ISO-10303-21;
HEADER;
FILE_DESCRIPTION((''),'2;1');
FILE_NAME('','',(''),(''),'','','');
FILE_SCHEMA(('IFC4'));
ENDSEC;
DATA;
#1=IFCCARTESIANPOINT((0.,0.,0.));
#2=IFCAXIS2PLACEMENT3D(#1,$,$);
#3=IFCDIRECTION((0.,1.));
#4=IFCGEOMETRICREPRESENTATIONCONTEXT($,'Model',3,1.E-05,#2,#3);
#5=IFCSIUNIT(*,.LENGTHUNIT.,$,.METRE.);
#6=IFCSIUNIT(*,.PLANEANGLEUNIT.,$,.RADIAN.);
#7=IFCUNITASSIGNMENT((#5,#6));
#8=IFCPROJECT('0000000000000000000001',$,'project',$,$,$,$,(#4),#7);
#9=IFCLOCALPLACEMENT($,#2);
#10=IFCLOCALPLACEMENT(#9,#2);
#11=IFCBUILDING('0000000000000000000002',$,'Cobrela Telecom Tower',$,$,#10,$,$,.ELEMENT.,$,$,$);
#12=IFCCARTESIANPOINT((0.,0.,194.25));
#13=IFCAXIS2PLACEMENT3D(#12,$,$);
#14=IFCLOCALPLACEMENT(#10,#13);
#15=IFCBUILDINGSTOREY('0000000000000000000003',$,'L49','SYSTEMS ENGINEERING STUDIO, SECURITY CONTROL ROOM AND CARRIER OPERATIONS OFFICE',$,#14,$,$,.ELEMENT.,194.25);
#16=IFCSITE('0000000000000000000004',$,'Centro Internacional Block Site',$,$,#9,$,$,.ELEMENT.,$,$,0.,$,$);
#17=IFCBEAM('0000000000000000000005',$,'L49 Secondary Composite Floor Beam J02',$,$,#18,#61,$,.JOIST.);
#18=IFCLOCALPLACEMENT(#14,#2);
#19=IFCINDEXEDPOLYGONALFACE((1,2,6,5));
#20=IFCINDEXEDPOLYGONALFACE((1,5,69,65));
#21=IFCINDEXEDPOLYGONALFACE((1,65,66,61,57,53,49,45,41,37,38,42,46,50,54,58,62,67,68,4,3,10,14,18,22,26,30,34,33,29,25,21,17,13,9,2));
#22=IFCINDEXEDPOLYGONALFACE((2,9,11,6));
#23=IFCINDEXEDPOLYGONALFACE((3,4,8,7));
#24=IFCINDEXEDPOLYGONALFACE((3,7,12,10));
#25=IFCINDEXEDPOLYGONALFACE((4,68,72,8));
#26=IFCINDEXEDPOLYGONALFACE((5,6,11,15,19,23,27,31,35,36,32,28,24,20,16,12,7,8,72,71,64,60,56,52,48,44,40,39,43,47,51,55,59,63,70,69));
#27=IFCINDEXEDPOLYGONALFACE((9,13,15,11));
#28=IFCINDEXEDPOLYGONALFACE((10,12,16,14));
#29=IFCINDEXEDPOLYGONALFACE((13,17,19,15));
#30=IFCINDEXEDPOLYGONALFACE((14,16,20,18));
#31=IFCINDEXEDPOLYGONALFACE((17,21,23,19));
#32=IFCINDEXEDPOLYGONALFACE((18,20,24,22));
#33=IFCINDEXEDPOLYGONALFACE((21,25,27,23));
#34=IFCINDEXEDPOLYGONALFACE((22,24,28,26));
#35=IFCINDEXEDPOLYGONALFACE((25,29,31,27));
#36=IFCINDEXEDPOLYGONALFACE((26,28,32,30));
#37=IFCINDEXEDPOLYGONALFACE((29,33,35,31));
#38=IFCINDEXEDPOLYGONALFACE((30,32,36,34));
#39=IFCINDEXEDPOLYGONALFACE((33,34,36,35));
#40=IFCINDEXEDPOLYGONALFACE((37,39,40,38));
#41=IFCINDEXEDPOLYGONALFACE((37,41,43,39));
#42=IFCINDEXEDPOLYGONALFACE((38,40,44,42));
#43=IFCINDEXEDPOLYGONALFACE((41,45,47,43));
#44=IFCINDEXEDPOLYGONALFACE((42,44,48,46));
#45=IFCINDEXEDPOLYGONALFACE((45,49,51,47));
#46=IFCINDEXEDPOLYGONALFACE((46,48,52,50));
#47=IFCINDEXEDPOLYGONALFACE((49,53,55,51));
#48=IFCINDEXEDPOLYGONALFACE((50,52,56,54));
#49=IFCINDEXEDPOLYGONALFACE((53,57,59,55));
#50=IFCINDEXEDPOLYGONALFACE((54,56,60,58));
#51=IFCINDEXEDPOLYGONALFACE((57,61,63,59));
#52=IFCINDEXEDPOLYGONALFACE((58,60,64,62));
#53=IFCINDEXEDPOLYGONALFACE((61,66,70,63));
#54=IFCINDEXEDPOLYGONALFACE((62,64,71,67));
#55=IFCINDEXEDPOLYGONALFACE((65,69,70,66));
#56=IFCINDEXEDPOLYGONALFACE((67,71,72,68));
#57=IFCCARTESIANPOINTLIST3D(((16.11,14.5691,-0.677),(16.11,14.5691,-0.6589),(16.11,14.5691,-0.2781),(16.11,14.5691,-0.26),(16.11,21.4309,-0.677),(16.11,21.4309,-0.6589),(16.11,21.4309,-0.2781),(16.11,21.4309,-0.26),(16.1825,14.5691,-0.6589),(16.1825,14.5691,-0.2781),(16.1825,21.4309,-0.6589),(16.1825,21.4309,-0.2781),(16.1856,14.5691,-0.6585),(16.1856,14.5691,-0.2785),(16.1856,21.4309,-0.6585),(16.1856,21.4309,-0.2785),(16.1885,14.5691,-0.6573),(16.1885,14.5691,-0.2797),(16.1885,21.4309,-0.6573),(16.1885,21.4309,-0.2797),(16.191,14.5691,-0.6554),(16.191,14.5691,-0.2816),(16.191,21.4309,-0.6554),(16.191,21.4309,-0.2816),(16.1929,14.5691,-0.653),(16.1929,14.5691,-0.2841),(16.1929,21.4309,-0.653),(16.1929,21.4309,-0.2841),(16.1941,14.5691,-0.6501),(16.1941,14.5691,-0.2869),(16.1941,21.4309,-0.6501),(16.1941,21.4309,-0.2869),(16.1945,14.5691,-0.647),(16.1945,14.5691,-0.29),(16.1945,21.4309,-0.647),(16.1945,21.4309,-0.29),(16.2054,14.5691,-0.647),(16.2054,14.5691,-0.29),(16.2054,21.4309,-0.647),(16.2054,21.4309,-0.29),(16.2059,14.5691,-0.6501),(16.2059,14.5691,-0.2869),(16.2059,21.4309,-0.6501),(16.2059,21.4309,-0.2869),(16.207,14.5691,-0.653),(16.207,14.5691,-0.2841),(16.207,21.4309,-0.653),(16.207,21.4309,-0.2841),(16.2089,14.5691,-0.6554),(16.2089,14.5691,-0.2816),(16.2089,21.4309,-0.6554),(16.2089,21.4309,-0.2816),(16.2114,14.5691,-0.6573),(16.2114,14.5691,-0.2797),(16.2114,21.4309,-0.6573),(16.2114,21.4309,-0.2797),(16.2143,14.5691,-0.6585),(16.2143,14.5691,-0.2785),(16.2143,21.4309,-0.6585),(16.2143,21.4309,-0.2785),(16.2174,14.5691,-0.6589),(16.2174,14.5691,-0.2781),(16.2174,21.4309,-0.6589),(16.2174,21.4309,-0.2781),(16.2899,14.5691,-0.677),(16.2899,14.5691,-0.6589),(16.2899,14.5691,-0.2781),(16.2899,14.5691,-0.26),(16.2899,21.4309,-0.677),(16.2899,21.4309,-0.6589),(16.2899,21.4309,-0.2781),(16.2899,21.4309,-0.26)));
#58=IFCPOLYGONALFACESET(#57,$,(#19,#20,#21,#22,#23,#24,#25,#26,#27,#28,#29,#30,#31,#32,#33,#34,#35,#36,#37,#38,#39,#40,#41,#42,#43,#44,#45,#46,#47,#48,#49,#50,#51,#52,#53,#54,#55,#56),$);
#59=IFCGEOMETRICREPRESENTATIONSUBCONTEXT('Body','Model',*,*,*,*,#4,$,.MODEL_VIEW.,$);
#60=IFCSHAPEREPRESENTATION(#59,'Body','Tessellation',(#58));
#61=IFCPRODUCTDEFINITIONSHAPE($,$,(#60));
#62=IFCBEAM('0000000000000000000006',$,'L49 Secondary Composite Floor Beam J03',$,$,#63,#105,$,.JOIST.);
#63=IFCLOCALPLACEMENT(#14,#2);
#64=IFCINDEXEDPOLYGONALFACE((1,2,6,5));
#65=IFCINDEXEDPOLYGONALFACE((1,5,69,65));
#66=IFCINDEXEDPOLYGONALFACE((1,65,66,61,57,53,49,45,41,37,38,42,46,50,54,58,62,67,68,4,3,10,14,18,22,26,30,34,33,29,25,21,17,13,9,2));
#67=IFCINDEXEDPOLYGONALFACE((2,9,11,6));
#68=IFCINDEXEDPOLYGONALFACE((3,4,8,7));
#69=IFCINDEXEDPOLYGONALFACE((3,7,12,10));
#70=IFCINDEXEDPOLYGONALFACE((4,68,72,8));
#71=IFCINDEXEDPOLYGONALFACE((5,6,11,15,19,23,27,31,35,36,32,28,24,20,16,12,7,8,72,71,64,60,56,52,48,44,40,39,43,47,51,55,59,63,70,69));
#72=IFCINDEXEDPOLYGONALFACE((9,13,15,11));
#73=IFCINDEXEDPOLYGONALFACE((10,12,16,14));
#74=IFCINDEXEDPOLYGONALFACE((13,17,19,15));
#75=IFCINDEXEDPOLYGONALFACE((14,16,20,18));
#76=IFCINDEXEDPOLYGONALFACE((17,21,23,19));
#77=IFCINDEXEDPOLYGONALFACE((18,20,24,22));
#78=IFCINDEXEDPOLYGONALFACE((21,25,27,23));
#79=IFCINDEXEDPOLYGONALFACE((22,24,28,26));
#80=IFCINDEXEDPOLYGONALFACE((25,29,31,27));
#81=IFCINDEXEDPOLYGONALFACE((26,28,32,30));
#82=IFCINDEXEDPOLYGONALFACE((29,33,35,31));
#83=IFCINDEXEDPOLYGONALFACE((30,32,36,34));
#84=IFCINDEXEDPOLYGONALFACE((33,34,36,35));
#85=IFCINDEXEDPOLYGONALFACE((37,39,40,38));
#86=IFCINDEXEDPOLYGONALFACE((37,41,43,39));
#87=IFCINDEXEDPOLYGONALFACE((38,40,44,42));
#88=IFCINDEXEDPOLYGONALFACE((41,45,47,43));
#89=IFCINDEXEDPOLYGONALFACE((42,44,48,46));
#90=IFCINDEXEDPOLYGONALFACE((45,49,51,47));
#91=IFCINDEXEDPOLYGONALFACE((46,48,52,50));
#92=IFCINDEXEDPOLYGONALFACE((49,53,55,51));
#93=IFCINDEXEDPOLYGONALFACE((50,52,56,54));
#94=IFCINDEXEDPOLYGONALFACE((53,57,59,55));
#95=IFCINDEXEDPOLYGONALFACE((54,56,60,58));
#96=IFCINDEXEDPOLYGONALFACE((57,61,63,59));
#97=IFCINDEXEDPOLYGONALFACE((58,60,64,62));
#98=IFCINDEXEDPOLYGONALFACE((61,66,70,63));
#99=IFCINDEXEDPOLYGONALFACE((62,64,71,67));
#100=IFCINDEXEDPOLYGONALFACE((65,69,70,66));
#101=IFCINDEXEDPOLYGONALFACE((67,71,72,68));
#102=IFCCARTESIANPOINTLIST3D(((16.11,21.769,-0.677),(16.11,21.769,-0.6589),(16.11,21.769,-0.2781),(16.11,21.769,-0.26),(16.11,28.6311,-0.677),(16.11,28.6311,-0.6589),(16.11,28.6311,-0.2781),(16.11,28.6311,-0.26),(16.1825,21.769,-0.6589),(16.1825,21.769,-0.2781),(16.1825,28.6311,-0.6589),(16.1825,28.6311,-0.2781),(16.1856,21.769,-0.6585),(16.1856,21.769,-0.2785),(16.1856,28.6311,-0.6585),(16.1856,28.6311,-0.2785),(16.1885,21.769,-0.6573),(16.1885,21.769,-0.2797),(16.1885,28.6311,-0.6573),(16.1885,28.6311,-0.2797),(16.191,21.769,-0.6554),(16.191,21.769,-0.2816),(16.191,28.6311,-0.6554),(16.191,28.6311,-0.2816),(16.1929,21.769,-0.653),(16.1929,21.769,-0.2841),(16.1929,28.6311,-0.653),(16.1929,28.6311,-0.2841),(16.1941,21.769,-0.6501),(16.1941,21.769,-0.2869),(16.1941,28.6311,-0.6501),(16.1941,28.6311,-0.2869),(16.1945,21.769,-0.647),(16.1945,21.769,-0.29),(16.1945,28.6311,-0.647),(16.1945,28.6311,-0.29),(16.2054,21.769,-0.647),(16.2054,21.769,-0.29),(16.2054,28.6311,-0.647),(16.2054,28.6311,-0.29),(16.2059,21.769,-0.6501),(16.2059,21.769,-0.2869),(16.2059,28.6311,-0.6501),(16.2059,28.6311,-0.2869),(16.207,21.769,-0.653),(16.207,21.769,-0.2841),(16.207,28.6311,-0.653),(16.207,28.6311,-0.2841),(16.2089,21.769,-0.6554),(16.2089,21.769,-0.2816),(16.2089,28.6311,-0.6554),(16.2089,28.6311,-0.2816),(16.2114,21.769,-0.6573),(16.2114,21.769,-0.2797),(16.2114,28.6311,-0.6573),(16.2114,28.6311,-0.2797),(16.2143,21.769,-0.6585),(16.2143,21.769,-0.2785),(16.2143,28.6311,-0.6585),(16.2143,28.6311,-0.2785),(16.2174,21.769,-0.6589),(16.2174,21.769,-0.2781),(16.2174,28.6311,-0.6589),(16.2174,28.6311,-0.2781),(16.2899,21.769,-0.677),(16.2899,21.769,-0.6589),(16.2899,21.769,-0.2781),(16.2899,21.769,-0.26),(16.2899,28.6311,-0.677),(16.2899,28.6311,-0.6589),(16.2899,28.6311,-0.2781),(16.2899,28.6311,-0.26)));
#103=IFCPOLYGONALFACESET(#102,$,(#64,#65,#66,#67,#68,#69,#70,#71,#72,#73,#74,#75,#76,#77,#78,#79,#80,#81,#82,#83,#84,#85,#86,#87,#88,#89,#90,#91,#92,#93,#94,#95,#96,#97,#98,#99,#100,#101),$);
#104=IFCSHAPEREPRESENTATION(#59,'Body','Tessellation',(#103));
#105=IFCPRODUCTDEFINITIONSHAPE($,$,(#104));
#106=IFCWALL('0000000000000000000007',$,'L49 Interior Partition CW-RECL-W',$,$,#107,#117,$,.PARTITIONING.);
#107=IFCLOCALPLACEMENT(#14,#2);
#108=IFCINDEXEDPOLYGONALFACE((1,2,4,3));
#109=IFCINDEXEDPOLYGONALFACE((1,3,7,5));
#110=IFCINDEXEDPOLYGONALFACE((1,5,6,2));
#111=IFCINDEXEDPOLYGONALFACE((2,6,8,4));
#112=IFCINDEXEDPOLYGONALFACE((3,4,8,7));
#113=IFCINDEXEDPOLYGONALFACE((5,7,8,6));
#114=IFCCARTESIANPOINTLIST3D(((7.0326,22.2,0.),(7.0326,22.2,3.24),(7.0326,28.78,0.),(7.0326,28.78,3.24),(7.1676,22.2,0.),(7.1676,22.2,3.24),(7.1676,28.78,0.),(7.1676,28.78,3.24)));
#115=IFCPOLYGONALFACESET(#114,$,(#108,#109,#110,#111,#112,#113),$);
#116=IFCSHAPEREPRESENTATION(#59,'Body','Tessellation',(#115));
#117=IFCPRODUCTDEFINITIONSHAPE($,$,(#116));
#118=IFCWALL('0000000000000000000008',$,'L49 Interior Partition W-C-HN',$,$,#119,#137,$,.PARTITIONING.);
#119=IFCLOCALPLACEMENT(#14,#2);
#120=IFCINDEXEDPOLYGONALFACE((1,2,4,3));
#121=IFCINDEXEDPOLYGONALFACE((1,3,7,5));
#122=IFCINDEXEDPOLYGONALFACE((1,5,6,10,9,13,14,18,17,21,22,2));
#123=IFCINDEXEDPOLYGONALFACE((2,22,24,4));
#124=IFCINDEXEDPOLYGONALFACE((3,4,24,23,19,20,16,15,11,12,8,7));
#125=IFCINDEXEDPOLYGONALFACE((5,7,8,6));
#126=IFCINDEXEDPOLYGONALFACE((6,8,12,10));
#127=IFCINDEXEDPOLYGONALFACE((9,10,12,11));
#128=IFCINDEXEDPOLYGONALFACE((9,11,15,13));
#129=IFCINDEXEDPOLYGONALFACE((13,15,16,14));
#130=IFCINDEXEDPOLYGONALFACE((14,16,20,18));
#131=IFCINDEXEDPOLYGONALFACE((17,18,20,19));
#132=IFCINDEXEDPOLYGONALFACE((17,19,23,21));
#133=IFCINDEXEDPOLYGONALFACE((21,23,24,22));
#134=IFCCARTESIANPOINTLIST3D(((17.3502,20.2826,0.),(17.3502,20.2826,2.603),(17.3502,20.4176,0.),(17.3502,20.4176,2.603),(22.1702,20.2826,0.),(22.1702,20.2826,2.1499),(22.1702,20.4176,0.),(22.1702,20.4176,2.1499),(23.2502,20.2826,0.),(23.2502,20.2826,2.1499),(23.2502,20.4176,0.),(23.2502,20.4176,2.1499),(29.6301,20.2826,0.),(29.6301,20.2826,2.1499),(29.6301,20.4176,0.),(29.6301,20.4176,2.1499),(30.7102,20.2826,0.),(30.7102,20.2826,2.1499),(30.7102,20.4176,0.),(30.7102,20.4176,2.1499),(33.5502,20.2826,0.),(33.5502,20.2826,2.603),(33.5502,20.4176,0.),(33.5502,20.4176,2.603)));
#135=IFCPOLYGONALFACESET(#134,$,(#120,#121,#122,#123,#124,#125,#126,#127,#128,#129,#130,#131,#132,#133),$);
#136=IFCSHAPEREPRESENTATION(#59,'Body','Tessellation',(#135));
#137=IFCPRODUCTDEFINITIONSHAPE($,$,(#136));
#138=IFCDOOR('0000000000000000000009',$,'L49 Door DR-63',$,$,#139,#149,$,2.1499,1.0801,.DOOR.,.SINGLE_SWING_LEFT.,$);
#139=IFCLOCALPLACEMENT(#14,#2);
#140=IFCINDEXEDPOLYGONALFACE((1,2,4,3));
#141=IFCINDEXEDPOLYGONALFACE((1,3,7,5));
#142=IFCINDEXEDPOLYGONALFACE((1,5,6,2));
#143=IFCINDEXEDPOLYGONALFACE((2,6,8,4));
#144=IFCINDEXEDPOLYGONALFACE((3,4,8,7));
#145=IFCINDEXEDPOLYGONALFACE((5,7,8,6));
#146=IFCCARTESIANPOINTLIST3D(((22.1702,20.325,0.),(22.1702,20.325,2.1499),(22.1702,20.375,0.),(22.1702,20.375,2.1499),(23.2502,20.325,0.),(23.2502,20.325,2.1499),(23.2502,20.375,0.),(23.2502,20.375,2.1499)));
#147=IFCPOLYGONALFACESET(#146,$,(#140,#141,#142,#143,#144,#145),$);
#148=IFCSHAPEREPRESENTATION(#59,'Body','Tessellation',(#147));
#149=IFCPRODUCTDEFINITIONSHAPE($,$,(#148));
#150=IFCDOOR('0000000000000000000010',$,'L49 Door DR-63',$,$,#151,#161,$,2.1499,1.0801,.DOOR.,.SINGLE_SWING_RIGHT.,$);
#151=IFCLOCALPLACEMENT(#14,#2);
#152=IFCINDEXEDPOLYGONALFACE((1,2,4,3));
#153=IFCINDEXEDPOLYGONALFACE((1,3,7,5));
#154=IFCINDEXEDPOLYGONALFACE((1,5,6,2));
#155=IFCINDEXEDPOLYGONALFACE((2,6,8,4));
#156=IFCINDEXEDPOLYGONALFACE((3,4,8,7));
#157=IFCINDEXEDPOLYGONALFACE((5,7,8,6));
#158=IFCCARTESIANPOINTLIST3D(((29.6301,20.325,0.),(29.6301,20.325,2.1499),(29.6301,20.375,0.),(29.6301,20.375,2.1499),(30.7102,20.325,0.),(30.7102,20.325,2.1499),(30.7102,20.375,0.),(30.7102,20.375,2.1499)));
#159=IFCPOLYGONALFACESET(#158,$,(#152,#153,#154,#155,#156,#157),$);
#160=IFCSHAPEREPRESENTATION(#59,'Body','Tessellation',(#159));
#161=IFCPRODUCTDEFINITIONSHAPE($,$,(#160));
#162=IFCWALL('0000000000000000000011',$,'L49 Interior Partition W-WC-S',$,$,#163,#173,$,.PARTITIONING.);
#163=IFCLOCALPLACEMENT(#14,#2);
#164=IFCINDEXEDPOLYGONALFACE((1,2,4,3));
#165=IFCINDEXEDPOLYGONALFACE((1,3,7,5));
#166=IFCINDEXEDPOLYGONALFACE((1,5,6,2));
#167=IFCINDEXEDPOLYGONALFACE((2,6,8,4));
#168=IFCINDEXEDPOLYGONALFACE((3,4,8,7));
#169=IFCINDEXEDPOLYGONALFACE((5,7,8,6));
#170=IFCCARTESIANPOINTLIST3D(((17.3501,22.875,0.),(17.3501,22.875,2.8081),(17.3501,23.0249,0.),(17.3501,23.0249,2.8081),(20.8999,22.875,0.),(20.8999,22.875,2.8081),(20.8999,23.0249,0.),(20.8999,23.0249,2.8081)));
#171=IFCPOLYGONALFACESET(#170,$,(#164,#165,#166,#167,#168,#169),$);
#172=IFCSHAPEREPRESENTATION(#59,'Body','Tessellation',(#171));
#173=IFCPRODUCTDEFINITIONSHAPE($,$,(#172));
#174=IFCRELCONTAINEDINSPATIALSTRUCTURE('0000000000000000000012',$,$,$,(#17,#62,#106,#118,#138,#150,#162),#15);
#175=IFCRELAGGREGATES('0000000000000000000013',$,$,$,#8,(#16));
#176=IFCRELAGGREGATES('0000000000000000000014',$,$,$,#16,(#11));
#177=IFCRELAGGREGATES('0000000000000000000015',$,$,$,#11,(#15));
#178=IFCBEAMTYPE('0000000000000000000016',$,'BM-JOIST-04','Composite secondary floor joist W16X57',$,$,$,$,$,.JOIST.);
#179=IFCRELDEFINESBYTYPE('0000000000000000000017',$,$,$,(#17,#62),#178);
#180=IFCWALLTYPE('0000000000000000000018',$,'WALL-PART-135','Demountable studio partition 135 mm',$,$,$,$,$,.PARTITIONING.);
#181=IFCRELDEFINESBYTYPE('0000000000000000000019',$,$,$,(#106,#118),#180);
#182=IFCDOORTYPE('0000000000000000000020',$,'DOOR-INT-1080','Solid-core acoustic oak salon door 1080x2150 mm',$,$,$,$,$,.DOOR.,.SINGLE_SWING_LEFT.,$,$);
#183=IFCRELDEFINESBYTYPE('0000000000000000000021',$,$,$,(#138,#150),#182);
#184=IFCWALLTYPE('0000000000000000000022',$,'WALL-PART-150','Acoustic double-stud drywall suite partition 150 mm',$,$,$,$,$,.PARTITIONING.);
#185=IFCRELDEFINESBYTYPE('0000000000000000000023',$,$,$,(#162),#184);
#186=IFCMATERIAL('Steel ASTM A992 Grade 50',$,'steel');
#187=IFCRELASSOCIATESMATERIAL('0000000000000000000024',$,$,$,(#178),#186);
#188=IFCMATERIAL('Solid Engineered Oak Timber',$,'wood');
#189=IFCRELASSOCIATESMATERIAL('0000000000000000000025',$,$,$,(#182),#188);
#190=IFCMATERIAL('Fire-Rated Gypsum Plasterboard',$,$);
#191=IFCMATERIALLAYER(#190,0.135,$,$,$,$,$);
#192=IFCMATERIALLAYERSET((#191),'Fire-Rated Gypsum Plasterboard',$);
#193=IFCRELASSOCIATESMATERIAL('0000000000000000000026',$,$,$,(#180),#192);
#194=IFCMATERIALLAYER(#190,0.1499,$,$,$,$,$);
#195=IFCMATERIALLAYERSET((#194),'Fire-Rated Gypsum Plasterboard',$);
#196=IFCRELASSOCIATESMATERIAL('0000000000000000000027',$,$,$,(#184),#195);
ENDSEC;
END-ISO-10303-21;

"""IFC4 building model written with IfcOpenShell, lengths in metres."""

from ifc_helpers import new_model, si_unit, direction, frame, frame_2d, origin, origin_2d, place, context, subcontext, project, spatial, rectangle, i_section, extrude, material, layer, layer_set, material_profile, profile_set, type_object, element, fill, save


model = new_model("IFC4")

# Units and contexts
model_context = context("Model", 3, precision=1e-05, world=origin(), true_north=direction((0.0, 1.0)))
body_context = subcontext(model_context, "Body", "Model", "MODEL_VIEW")
ifc_project = project(units=[si_unit("LENGTHUNIT", "METRE"), si_unit("PLANEANGLEUNIT", "RADIAN")], contexts=[model_context])

# Site, building, storey
site_placement = place(None, origin())
site = spatial("IfcSite", under=ifc_project, at=site_placement, Name="Centro Internacional Block Site", CompositionType="ELEMENT", RefElevation=0.0)
building_placement = place(site_placement, origin())
building = spatial("IfcBuilding", under=site, at=building_placement, Name="Cobrela Telecom Tower", CompositionType="ELEMENT")
storey_placement = place(building_placement, frame((0.0, 0.0, 194.25)))
storey = spatial("IfcBuildingStorey", under=building, at=storey_placement, Name="L49", Description="SYSTEMS ENGINEERING STUDIO, SECURITY CONTROL ROOM AND CARRIER OPERATIONS OFFICE", CompositionType="ELEMENT", Elevation=194.25)

# Beams
ifc_material_1 = material(Name="Steel ASTM A992 Grade 50", Category="steel")
ifc_material_profile_1 = material_profile(ifc_material_1, i_section(OverallWidth=0.1799, OverallDepth=0.417, WebThickness=0.011, FlangeThickness=0.0181, FilletRadius=0.012, at=origin_2d()), Name="W16X57")
ifc_profile_set_1 = profile_set([ifc_material_profile_1], Name="Steel ASTM A992 Grade 50")
beam_type_1 = type_object("IfcBeamType", Name="BM-JOIST-04", Description="Composite secondary floor joist W16X57", PredefinedType="JOIST", material=ifc_profile_set_1)
beam_1_placement = place(storey_placement, frame((16.2, 14.5691, -0.4685), z_axis=(0.0, 1.0, 0.0), x_axis=(-1.0, 0.0, 0.0)))
element("IfcBeam", 1, at=beam_1_placement, inside=storey, type_object=beam_type_1, Name="L49 Secondary Composite Floor Beam J02", PredefinedType="JOIST", context=body_context, shape_type="SweptSolid", body=[
    extrude(i_section(OverallWidth=0.1799, OverallDepth=0.417, WebThickness=0.011, FlangeThickness=0.0181, FilletRadius=0.012, at=origin_2d()), origin(), (0.0, 0.0, 1.0), 6.8618),
])
beam_2_placement = place(storey_placement, frame((16.2, 21.769, -0.4685), z_axis=(0.0, 1.0, 0.0), x_axis=(-1.0, 0.0, 0.0)))
element("IfcBeam", 2, at=beam_2_placement, inside=storey, type_object=beam_type_1, Name="L49 Secondary Composite Floor Beam J03", PredefinedType="JOIST", context=body_context, shape_type="SweptSolid", body=[
    extrude(i_section(OverallWidth=0.1799, OverallDepth=0.417, WebThickness=0.011, FlangeThickness=0.0181, FilletRadius=0.012, at=origin_2d()), origin(), (0.0, 0.0, 1.0), 6.8621),
])

# Shared definitions
ifc_material_2 = material(Name="Fire-Rated Gypsum Plasterboard")
ifc_material_3 = material(Name="Solid Engineered Oak Timber", Category="wood")
door_type_1 = type_object("IfcDoorType", Name="DOOR-INT-1080", Description="Solid-core acoustic oak salon door 1080x2150 mm", OperationType="SINGLE_SWING_LEFT", PredefinedType="DOOR", material=ifc_material_3)

# Wall
ifc_layer_1 = layer(ifc_material_2, 0.135)
ifc_layer_set_1 = layer_set([ifc_layer_1], Name="Fire-Rated Gypsum Plasterboard")
wall_type_1 = type_object("IfcWallType", Name="WALL-PART-135", Description="Demountable studio partition 135 mm", PredefinedType="PARTITIONING", material=ifc_layer_set_1)
wall_1_placement = place(storey_placement, frame((7.1001, 22.2, 0.0), z_axis=(0.0, 0.0, 1.0), x_axis=(0.0, 1.0, 0.0)))
element("IfcWall", 3, at=wall_1_placement, inside=storey, type_object=wall_type_1, Name="L49 Interior Partition CW-RECL-W", PredefinedType="PARTITIONING", context=body_context, shape_type="SweptSolid", body=[
    extrude(rectangle(XDim=6.5801, YDim=0.135, at=frame_2d((3.29, 0.0))), origin(), (0.0, 0.0, 1.0), 3.24),
])

# Wall, openings, doors
wall_2_placement = place(storey_placement, frame((17.3501, 20.3501, 0.0), z_axis=(0.0, 0.0, 1.0), x_axis=(1.0, 0.0, 0.0)))
wall_2 = element("IfcWall", 4, at=wall_2_placement, inside=storey, type_object=wall_type_1, Name="L49 Interior Partition W-C-HN", PredefinedType="PARTITIONING", context=body_context, shape_type="SweptSolid", body=[
    extrude(rectangle(XDim=16.2, YDim=0.135, at=frame_2d((8.1001, 0.0))), origin(), (0.0, 0.0, 1.0), 2.603),
])
opening_1_placement = place(wall_2_placement, frame((4.8201, 0.0, 0.0)))
opening_1 = element("IfcOpeningElement", 5, at=opening_1_placement, cuts=wall_2, PredefinedType="OPENING", context=body_context, shape_type="SweptSolid", body=[
    extrude(rectangle(XDim=1.0801, YDim=2.1499, at=frame_2d((0.54, 1.075))), frame((0.0, 0.0796, 0.0), z_axis=(0.0, -1.0, 0.0), x_axis=(1.0, 0.0, 0.0)), (0.0, 0.0, 1.0), 0.1589),
])
opening_2_placement = place(wall_2_placement, frame((12.28, 0.0, 0.0)))
opening_2 = element("IfcOpeningElement", 6, at=opening_2_placement, cuts=wall_2, PredefinedType="OPENING", context=body_context, shape_type="SweptSolid", body=[
    extrude(rectangle(XDim=1.0801, YDim=2.1499, at=frame_2d((0.54, 1.075))), frame((0.0, 0.0796, 0.0), z_axis=(0.0, -1.0, 0.0), x_axis=(1.0, 0.0, 0.0)), (0.0, 0.0, 1.0), 0.1589),
])
door_1_placement = place(opening_1_placement, origin())
door_1 = element("IfcDoor", 7, at=door_1_placement, inside=storey, type_object=door_type_1, Name="L49 Door DR-63", OperationType="SINGLE_SWING_LEFT", OverallHeight=2.1499, OverallWidth=1.0801, PredefinedType="DOOR", context=body_context, shape_type="SweptSolid", body=[
    extrude(rectangle(XDim=1.0801, YDim=2.1499, at=frame_2d((0.54, 1.075))), frame((0.0, 0.0249, 0.0), z_axis=(0.0, -1.0, 0.0), x_axis=(1.0, 0.0, 0.0)), (0.0, 0.0, 1.0), 0.05),
])
fill(opening_1, door_1)
door_2_placement = place(opening_2_placement, origin())
door_2 = element("IfcDoor", 8, at=door_2_placement, inside=storey, type_object=door_type_1, Name="L49 Door DR-63", OperationType="SINGLE_SWING_RIGHT", OverallHeight=2.1499, OverallWidth=1.0801, PredefinedType="DOOR", context=body_context, shape_type="SweptSolid", body=[
    extrude(rectangle(XDim=1.0801, YDim=2.1499, at=frame_2d((0.54, 1.075))), frame((0.0, 0.0249, 0.0), z_axis=(0.0, -1.0, 0.0), x_axis=(1.0, 0.0, 0.0)), (0.0, 0.0, 1.0), 0.05),
])
fill(opening_2, door_2)
ifc_layer_2 = layer(ifc_material_2, 0.1499)
ifc_layer_set_2 = layer_set([ifc_layer_2], Name="Fire-Rated Gypsum Plasterboard")
wall_type_2 = type_object("IfcWallType", Name="WALL-PART-150", Description="Acoustic double-stud drywall suite partition 150 mm", PredefinedType="PARTITIONING", material=ifc_layer_set_2)

# Wall
wall_3_placement = place(storey_placement, frame((17.3501, 22.95, 0.0), z_axis=(0.0, 0.0, 1.0), x_axis=(1.0, 0.0, 0.0)))
element("IfcWall", 9, at=wall_3_placement, inside=storey, type_object=wall_type_2, Name="L49 Interior Partition W-WC-S", PredefinedType="PARTITIONING", context=body_context, shape_type="SweptSolid", body=[
    extrude(rectangle(XDim=3.5498, YDim=0.1499, at=frame_2d((1.7749, 0.0))), origin(), (0.0, 0.0, 1.0), 2.8081),
])

save(model, "model.ifc")
